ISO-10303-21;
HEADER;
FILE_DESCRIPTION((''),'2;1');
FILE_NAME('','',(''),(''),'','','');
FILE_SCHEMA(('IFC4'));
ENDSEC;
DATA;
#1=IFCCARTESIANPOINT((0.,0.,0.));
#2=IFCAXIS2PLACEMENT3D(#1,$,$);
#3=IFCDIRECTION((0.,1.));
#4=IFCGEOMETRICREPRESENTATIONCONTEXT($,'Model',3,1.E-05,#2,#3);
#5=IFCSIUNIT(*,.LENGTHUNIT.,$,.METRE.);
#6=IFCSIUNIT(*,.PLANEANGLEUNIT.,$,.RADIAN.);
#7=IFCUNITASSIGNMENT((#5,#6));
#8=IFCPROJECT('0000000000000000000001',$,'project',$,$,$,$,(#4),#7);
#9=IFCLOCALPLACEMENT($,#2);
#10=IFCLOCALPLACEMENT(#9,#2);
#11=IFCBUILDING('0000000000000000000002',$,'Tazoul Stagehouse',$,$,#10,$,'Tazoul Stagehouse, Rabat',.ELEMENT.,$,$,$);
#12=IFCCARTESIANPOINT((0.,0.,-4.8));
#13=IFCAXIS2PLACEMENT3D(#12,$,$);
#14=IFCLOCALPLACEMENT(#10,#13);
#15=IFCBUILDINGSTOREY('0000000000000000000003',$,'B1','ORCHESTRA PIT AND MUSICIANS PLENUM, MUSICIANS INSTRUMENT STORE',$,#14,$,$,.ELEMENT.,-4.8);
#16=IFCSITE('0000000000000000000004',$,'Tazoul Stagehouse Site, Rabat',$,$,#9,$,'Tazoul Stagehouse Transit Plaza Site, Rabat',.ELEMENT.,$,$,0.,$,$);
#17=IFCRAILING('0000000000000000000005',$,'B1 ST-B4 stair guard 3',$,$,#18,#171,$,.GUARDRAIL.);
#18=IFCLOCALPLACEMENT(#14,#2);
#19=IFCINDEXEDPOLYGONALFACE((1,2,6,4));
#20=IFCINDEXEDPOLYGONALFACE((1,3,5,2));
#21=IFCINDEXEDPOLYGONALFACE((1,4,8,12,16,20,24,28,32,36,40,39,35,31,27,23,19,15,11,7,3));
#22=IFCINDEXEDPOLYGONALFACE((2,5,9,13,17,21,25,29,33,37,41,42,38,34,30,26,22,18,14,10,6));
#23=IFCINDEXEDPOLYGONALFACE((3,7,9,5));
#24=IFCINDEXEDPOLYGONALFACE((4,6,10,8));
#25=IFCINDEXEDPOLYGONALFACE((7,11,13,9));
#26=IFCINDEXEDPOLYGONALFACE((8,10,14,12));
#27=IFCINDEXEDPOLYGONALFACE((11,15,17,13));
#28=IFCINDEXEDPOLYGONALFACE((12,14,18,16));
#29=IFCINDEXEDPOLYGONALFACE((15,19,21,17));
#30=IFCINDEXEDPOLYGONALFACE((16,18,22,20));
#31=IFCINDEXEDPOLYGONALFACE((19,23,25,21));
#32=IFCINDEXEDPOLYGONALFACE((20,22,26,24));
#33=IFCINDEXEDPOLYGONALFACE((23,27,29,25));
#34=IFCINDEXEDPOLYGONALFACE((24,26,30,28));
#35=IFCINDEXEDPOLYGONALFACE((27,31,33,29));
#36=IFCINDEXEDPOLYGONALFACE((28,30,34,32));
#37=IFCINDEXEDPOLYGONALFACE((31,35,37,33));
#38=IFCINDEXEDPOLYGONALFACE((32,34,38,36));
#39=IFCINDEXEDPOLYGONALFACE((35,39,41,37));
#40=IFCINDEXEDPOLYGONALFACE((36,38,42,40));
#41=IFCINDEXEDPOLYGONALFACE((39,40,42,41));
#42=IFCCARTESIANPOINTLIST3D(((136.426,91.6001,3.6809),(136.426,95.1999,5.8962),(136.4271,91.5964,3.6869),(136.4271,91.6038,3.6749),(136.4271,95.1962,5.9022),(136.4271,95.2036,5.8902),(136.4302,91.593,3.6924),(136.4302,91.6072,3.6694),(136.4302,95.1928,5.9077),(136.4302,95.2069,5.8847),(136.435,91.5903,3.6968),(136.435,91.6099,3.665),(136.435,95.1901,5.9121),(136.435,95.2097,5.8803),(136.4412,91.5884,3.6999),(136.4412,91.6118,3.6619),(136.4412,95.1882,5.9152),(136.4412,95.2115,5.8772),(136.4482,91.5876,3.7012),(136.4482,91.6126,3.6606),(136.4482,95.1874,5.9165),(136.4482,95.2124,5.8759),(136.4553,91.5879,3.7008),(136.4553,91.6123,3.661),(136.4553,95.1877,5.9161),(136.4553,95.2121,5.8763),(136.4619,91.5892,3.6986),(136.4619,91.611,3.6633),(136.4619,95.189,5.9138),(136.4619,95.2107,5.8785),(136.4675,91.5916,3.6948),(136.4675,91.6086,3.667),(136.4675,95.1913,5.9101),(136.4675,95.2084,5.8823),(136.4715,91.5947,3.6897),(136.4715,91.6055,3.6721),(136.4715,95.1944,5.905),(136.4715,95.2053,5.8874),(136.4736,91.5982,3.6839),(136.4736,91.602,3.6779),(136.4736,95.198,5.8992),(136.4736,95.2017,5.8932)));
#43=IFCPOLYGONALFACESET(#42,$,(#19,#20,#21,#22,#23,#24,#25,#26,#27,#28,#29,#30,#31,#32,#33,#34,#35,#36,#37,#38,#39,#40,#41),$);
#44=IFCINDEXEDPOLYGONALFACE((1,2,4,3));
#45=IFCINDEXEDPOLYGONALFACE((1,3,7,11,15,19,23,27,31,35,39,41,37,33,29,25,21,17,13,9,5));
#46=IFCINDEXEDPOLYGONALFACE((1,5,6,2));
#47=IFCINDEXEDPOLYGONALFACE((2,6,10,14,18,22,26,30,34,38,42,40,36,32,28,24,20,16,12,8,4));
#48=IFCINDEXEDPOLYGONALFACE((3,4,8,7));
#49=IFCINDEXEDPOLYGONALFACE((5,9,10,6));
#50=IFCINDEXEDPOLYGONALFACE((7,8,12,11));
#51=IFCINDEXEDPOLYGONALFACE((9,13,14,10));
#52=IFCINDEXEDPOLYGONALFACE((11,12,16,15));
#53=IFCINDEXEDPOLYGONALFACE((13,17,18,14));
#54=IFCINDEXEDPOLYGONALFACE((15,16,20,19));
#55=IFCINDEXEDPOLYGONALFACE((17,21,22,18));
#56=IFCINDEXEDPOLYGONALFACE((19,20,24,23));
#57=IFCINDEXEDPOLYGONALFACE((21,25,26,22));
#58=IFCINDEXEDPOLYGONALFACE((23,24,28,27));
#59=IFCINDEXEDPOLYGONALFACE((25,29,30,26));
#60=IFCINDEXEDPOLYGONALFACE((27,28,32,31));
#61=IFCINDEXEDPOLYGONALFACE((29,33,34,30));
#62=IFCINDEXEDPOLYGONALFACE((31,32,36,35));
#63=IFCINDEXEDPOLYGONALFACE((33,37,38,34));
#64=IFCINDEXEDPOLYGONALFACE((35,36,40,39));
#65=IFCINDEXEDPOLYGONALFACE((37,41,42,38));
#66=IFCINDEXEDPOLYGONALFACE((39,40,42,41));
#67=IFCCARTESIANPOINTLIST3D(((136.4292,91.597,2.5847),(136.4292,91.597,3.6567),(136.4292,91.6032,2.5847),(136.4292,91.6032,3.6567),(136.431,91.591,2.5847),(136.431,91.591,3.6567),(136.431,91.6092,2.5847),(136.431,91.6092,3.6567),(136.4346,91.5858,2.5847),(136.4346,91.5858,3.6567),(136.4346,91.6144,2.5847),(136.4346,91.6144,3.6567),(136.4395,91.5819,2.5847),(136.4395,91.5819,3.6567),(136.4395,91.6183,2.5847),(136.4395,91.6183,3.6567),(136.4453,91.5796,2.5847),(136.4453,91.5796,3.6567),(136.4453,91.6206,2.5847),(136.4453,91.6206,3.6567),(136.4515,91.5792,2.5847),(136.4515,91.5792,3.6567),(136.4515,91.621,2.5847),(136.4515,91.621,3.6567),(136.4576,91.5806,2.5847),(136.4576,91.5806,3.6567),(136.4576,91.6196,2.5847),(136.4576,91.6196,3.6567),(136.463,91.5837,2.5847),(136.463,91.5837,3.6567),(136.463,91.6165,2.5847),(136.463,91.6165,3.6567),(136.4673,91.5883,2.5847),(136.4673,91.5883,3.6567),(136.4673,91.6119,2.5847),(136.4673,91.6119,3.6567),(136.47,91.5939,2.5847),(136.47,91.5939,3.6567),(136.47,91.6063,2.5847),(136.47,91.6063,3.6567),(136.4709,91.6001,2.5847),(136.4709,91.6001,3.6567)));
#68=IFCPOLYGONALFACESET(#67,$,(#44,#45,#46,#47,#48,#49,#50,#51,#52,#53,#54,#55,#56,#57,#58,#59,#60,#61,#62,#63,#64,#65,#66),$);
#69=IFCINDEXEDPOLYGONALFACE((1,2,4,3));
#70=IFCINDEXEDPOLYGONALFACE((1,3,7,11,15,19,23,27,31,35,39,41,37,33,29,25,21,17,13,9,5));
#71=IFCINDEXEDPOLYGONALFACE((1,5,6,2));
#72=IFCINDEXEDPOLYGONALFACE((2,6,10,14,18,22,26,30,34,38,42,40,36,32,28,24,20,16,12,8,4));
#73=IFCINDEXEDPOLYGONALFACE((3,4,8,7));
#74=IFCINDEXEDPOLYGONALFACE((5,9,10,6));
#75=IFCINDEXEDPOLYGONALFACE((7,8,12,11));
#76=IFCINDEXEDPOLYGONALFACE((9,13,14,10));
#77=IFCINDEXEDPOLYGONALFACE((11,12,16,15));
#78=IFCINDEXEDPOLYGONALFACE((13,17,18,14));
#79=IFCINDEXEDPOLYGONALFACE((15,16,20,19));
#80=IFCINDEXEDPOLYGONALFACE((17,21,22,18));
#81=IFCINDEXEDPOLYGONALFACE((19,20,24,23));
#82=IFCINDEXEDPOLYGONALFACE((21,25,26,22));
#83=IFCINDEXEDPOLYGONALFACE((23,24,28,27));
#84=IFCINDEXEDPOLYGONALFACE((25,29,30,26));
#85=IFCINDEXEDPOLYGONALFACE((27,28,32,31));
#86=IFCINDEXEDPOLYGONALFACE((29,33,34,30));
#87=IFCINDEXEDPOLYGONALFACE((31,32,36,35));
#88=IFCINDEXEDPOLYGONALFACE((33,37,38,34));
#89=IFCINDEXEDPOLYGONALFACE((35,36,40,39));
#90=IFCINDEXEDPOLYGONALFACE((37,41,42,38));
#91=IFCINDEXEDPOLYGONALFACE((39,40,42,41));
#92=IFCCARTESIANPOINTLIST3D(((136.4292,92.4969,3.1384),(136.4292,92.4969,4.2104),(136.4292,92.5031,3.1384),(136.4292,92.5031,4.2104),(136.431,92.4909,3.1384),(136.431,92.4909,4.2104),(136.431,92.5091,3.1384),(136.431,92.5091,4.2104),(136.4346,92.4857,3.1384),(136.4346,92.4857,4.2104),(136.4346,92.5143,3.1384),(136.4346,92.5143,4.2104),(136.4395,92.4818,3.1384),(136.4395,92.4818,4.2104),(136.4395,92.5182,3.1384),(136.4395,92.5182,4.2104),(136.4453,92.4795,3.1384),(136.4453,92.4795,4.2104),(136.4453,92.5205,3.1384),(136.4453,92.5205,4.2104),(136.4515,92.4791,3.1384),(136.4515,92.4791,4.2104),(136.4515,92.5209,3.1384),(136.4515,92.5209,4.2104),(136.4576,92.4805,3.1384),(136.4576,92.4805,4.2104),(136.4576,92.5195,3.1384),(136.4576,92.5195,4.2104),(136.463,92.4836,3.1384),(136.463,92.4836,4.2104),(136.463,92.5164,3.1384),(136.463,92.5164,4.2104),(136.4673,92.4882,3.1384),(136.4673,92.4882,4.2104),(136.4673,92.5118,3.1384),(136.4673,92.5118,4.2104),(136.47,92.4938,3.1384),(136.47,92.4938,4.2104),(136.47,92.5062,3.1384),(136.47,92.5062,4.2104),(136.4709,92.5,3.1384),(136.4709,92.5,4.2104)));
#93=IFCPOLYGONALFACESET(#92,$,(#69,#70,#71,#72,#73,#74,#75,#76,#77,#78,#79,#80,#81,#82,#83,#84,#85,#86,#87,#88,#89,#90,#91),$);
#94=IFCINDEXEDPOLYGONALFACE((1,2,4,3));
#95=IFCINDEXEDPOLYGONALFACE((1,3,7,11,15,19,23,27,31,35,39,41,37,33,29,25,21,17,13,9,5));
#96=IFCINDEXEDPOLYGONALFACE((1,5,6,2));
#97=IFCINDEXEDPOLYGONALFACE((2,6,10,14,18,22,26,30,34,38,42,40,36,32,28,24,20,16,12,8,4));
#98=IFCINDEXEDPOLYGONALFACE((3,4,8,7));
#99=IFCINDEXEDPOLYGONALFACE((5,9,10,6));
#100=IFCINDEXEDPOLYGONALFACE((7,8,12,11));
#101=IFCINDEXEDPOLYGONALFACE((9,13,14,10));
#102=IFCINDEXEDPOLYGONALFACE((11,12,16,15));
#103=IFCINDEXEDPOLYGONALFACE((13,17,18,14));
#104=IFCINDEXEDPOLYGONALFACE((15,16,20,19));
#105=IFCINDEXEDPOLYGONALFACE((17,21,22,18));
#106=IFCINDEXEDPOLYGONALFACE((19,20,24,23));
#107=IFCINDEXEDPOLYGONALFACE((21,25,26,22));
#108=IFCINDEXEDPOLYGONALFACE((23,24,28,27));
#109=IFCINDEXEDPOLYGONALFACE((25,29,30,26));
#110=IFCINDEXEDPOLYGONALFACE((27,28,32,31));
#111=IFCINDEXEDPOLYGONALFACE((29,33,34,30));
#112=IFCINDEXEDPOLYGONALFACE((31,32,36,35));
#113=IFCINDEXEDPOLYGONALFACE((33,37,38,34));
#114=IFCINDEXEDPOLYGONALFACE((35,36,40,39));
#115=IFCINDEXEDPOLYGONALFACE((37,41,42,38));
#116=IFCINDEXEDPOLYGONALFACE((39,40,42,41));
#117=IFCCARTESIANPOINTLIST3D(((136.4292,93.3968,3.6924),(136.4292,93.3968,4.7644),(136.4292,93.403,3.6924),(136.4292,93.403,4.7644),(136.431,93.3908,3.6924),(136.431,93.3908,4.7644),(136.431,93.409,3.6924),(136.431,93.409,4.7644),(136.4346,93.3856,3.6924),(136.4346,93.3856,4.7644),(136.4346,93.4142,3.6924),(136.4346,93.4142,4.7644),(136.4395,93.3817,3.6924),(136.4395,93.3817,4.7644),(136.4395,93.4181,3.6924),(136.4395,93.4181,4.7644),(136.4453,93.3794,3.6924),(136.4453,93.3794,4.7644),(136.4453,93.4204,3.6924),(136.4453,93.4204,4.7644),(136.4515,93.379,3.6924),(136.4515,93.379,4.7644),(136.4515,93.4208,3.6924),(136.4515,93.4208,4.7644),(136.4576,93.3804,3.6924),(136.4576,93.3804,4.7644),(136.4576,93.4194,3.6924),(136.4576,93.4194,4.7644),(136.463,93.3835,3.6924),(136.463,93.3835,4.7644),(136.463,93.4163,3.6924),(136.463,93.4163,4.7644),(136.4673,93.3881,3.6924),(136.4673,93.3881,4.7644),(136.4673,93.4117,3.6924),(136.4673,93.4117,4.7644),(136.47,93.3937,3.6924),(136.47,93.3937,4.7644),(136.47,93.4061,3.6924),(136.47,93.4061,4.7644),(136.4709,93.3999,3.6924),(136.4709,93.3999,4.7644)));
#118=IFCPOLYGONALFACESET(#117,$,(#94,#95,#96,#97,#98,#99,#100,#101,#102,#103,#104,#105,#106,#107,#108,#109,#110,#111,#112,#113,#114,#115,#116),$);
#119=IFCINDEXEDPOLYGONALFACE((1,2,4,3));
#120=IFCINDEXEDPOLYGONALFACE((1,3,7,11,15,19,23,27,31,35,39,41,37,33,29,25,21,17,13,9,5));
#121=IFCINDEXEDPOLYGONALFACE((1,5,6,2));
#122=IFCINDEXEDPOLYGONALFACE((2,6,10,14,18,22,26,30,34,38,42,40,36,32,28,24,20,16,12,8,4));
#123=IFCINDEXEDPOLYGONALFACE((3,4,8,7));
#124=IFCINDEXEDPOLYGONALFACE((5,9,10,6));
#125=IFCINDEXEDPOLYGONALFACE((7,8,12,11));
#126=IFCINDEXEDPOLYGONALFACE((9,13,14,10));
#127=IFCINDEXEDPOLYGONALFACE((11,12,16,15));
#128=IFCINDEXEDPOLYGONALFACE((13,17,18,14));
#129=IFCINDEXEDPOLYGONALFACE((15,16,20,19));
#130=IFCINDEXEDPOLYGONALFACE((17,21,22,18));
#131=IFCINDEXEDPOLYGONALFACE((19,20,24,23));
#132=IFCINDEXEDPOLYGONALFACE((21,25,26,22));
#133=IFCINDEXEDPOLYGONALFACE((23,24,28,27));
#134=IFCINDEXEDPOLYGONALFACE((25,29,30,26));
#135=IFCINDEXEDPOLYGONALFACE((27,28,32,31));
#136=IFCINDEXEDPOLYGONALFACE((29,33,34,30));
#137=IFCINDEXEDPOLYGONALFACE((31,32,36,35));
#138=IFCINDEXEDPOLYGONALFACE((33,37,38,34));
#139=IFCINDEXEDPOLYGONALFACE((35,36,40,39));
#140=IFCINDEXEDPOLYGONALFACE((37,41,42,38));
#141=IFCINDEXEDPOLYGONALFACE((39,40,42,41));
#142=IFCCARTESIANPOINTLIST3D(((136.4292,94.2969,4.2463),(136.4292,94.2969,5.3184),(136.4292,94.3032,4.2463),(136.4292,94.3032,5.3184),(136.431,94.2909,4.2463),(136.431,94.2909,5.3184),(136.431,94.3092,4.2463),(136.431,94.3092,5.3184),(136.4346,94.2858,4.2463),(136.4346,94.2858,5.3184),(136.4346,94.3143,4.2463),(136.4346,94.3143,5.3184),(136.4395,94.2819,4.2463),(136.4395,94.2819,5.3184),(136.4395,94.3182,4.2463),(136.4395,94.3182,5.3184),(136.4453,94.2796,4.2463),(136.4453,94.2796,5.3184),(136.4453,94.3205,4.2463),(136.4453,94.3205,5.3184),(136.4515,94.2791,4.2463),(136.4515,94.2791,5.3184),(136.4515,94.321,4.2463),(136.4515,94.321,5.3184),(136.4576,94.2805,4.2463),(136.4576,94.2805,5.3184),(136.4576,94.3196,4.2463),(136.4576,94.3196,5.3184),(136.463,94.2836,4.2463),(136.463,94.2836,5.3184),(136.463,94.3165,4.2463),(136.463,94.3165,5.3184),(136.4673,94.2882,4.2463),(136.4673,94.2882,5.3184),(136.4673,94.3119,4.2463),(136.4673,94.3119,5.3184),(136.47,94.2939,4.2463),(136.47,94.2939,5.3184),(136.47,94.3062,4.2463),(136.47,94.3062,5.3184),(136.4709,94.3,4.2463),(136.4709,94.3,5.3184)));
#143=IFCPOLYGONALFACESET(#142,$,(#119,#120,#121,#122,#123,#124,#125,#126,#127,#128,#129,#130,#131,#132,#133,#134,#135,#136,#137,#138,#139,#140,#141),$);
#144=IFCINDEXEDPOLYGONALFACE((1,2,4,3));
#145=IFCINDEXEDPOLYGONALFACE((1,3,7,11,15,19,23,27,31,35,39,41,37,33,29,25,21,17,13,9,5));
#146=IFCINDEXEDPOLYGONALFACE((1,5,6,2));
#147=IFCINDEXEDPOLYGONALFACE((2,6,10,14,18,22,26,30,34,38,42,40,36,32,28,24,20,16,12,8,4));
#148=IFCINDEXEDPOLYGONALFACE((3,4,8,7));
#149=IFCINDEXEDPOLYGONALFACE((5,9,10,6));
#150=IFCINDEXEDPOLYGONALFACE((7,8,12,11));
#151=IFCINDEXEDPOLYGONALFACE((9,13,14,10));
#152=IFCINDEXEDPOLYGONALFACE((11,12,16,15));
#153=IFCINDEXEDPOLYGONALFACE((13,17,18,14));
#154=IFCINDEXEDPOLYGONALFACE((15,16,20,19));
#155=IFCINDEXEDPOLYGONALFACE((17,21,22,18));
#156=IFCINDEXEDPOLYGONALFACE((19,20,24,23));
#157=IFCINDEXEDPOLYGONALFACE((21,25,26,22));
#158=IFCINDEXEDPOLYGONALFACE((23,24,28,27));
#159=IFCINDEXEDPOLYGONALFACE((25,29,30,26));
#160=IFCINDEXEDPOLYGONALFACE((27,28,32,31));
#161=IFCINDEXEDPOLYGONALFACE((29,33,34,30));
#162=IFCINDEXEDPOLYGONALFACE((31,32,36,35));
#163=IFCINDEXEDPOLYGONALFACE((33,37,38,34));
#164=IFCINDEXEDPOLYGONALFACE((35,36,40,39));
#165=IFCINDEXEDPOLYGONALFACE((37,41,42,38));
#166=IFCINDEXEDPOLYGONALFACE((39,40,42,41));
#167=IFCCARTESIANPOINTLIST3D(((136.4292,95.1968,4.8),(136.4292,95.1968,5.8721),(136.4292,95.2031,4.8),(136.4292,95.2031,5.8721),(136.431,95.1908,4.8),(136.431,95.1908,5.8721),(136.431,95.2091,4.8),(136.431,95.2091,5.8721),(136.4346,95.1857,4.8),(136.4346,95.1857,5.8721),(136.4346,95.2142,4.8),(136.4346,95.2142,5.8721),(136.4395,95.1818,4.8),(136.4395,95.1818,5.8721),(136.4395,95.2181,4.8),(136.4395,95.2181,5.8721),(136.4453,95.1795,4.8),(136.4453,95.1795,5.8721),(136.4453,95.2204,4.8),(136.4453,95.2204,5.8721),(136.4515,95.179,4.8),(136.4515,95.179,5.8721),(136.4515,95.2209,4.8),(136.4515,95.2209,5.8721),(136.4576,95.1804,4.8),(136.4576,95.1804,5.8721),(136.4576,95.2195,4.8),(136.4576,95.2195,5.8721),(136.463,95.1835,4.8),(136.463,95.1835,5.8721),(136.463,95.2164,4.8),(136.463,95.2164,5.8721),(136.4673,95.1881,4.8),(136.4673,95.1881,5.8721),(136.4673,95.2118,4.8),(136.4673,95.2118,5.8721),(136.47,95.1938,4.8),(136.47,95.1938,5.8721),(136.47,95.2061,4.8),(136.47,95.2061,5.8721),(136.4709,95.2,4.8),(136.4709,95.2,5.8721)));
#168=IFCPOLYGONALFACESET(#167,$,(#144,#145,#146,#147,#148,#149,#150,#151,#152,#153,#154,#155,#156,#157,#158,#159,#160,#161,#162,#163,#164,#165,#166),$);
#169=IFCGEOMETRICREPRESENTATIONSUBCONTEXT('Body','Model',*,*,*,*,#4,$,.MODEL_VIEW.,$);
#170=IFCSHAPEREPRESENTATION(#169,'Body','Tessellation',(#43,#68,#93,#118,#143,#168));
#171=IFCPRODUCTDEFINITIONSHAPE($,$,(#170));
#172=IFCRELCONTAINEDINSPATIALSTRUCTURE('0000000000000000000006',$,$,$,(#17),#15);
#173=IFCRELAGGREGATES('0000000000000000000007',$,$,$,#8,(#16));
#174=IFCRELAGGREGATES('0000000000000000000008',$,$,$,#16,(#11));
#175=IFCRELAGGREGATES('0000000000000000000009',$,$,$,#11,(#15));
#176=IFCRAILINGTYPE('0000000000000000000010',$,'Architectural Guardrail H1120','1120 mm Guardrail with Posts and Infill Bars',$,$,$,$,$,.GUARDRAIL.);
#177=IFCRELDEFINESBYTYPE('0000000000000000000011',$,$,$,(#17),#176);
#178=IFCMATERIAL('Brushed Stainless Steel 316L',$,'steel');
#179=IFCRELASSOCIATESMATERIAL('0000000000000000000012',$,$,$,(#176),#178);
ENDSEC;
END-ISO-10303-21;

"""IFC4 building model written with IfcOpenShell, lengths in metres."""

from ifc_helpers import new_model, si_unit, direction, frame, origin, origin_2d, place, context, subcontext, project, spatial, circle, extrude, material, material_profile, profile_set, type_object, element, save


model = new_model("IFC4")

# Units and contexts
model_context = context("Model", 3, precision=1e-05, world=origin(), true_north=direction((0.0, 1.0)))
body_context = subcontext(model_context, "Body", "Model", "MODEL_VIEW")
ifc_project = project(units=[si_unit("LENGTHUNIT", "METRE"), si_unit("PLANEANGLEUNIT", "RADIAN")], contexts=[model_context])

# Site, building, storey
site_placement = place(None, origin())
site = spatial("IfcSite", under=ifc_project, at=site_placement, Name="Tazoul Stagehouse Site, Rabat", LongName="Tazoul Stagehouse Transit Plaza Site, Rabat", CompositionType="ELEMENT", RefElevation=0.0)
building_placement = place(site_placement, origin())
building = spatial("IfcBuilding", under=site, at=building_placement, Name="Tazoul Stagehouse", LongName="Tazoul Stagehouse, Rabat", CompositionType="ELEMENT")
storey_placement = place(building_placement, frame((0.0, 0.0, -4.8)))
storey = spatial("IfcBuildingStorey", under=building, at=storey_placement, Name="B1", Description="ORCHESTRA PIT AND MUSICIANS PLENUM, MUSICIANS INSTRUMENT STORE", CompositionType="ELEMENT", Elevation=-4.8)

# Railing
ifc_material_1 = material(Name="Brushed Stainless Steel 316L", Category="steel")
ifc_material_profile_1 = material_profile(ifc_material_1, circle(Radius=0.0239, at=origin_2d()), Name="SS RAIL D48")
ifc_profile_set_1 = profile_set([ifc_material_profile_1], Name="Brushed Stainless Steel 316L")
railing_type_1 = type_object("IfcRailingType", Name="Architectural Guardrail H1120", Description="1120 mm Guardrail with Posts and Infill Bars", PredefinedType="GUARDRAIL", material=ifc_profile_set_1)
railing_1_placement = place(storey_placement, frame((136.45, 91.6001, 2.5847)))
element("IfcRailing", 1, at=railing_1_placement, inside=storey, type_object=railing_type_1, Name="B1 ST-B4 stair guard 3", PredefinedType="GUARDRAIL", context=body_context, shape_type="SweptSolid", body=[
    extrude(circle(Radius=0.0239, at=origin_2d()), frame((0.0, 0.0, 1.0962), z_axis=(0.0, 0.851654, 0.524104), x_axis=(-1.0, 0.0, 0.0)), (0.0, 0.0, 1.0), 4.2268),
    extrude(circle(Radius=0.021, at=origin_2d()), origin(), (0.0, 0.0, 1.0), 1.072),
    extrude(circle(Radius=0.021, at=origin_2d()), frame((0.0, 0.8999, 0.5537)), (0.0, 0.0, 1.0), 1.072),
    extrude(circle(Radius=0.021, at=origin_2d()), frame((0.0, 1.7998, 1.1077)), (0.0, 0.0, 1.0), 1.072),
    extrude(circle(Radius=0.021, at=origin_2d()), frame((0.0, 2.7, 1.6616)), (0.0, 0.0, 1.0), 1.072),
    extrude(circle(Radius=0.021, at=origin_2d()), frame((0.0, 3.5999, 2.2153)), (0.0, 0.0, 1.0), 1.072),
])

save(model, "model.ifc")
